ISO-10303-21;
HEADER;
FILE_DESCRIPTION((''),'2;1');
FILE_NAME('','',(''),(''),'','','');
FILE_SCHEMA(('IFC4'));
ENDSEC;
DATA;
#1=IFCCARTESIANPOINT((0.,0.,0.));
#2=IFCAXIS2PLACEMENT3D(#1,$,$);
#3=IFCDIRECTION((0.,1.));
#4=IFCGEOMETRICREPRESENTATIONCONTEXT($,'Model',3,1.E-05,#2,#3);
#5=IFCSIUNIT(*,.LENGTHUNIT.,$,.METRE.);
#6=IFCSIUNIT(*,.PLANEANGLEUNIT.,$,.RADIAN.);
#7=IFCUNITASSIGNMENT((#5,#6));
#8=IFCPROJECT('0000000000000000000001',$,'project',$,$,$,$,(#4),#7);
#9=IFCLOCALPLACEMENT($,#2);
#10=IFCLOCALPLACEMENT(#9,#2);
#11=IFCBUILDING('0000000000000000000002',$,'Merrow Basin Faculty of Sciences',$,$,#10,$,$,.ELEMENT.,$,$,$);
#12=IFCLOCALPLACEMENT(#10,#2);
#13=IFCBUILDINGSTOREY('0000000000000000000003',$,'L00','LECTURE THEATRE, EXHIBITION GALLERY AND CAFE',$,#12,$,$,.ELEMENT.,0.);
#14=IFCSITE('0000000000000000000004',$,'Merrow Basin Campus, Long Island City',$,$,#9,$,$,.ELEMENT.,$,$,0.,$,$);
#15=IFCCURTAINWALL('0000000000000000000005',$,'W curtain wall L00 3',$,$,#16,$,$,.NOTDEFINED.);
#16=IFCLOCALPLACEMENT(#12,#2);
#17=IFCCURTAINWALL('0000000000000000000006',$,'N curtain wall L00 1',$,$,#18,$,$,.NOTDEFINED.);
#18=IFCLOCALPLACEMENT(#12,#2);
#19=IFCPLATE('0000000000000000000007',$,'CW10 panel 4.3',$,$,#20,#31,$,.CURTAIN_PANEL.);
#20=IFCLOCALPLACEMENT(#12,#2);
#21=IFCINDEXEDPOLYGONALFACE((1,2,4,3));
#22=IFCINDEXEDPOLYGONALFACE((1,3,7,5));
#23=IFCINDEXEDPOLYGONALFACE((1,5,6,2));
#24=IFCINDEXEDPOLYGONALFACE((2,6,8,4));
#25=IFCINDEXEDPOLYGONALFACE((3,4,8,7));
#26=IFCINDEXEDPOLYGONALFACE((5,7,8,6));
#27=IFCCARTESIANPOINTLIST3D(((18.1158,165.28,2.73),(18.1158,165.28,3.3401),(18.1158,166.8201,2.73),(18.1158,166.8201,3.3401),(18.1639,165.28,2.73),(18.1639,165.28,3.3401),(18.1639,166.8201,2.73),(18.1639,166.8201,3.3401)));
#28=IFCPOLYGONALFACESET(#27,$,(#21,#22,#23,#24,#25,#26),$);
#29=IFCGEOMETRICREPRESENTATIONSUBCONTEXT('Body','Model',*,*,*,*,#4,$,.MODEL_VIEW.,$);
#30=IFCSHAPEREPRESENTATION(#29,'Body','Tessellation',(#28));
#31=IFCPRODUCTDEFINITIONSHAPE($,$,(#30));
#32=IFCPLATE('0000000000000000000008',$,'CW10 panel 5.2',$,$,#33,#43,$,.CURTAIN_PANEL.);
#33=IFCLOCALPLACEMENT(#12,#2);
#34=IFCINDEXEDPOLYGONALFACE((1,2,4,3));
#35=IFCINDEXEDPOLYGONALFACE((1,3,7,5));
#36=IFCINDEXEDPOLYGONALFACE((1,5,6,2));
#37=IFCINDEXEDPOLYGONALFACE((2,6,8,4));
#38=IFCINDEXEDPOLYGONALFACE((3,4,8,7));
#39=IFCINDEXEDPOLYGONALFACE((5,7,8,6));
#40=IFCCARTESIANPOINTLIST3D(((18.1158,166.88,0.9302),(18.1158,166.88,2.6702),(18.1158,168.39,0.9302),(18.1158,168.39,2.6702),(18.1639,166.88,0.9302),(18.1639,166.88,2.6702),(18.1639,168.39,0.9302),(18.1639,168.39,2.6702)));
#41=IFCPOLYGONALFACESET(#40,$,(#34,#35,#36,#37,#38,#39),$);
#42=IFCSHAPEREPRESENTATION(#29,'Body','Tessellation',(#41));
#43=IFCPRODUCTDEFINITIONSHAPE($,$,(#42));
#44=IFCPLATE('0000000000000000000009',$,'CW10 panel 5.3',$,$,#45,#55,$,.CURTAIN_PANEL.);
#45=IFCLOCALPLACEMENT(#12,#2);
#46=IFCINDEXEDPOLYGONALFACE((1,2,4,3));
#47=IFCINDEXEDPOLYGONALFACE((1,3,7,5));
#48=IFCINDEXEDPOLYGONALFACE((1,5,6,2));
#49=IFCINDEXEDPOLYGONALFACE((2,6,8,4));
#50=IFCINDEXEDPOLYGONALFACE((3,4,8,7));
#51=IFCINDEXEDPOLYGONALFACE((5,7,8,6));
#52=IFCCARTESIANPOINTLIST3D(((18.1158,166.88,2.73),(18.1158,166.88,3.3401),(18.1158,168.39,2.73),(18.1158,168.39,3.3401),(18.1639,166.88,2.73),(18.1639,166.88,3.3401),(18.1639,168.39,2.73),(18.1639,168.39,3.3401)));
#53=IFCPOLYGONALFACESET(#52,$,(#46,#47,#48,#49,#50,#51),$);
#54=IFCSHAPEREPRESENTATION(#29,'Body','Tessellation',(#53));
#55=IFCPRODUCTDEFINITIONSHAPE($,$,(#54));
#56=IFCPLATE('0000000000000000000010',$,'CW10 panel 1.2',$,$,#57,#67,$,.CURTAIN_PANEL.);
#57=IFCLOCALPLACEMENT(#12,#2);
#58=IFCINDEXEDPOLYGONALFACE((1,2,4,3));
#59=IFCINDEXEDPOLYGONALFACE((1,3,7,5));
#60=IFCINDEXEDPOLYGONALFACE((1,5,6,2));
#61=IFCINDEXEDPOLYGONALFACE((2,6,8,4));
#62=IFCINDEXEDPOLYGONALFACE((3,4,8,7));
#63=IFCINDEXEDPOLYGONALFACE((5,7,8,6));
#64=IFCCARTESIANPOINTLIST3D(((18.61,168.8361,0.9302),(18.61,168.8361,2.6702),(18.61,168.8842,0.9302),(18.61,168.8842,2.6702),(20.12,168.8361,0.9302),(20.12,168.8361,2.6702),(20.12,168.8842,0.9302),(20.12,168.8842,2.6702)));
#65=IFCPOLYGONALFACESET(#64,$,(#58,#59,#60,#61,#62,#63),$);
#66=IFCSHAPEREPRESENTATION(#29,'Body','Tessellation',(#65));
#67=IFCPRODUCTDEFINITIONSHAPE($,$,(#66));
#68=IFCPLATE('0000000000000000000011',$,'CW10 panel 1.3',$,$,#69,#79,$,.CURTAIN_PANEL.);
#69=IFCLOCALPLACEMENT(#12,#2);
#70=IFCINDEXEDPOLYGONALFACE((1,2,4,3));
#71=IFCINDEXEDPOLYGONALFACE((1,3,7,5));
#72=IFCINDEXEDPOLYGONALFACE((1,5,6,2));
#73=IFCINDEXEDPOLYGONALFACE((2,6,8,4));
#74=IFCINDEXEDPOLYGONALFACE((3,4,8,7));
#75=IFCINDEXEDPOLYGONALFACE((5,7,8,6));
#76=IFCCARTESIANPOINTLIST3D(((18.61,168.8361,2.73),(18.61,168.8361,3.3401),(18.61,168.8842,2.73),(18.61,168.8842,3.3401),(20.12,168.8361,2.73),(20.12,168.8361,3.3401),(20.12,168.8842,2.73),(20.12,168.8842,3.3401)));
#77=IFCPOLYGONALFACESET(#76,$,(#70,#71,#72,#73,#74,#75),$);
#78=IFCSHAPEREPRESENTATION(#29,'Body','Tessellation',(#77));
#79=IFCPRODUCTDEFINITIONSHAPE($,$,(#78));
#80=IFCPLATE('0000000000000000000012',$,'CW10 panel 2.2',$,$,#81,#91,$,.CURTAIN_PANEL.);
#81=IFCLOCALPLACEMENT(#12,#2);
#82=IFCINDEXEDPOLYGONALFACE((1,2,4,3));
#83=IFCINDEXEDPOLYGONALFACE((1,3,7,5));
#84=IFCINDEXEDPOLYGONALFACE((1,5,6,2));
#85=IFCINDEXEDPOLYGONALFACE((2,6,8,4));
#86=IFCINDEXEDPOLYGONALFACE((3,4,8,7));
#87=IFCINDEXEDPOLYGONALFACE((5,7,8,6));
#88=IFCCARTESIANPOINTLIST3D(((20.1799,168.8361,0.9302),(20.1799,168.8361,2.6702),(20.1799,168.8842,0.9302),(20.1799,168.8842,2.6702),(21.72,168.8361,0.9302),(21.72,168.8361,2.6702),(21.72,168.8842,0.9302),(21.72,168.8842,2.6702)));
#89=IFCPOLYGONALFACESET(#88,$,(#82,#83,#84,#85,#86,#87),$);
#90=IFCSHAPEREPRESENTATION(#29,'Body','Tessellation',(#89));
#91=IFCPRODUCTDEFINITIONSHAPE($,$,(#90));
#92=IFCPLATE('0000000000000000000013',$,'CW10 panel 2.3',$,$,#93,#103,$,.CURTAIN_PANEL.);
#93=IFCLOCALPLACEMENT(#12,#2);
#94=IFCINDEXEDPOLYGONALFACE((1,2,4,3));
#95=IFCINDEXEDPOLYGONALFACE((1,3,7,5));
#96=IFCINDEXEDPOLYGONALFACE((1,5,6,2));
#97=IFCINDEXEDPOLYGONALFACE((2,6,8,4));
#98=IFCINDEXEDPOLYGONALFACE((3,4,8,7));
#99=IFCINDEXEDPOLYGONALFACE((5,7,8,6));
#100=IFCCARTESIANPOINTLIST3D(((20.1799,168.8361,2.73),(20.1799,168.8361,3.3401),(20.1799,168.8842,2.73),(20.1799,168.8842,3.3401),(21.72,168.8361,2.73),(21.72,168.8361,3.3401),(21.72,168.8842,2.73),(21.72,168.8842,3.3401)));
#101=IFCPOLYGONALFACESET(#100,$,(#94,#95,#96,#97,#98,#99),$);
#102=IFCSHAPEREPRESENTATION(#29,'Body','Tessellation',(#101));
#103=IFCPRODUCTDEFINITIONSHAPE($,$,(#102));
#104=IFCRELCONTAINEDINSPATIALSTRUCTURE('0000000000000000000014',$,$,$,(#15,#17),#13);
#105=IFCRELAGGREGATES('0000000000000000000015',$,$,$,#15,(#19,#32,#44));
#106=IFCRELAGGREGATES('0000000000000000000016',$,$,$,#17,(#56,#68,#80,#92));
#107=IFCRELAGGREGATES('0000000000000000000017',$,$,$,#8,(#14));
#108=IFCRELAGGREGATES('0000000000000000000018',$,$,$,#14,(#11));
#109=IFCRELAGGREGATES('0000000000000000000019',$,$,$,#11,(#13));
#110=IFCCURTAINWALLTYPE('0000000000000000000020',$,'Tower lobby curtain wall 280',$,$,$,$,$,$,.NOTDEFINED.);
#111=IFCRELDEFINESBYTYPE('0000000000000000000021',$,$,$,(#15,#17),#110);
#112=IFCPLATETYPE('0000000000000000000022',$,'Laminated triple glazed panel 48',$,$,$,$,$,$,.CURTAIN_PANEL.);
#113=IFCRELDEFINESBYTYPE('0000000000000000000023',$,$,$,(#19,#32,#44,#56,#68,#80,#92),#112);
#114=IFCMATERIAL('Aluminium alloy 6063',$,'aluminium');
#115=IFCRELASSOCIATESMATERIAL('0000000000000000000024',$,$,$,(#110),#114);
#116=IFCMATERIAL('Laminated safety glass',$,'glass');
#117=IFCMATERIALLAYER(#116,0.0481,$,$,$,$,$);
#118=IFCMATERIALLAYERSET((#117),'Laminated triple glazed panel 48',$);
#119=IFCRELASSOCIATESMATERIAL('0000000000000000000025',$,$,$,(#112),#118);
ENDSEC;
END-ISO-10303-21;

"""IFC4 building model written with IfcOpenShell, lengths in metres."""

from ifc_helpers import new_model, si_unit, direction, frame, origin, origin_2d, place, context, subcontext, project, spatial, rectangle, extrude, material, layer, layer_set, type_object, element, aggregate, save


model = new_model("IFC4")

# Units and contexts
model_context = context("Model", 3, precision=1e-05, world=origin(), true_north=direction((0.0, 1.0)))
body_context = subcontext(model_context, "Body", "Model", "MODEL_VIEW")
ifc_project = project(units=[si_unit("LENGTHUNIT", "METRE"), si_unit("PLANEANGLEUNIT", "RADIAN")], contexts=[model_context])

# Site, building, storey
site_placement = place(None, origin())
site = spatial("IfcSite", under=ifc_project, at=site_placement, Name="Merrow Basin Campus, Long Island City", CompositionType="ELEMENT", RefElevation=0.0)
building_placement = place(site_placement, origin())
building = spatial("IfcBuilding", under=site, at=building_placement, Name="Merrow Basin Faculty of Sciences", CompositionType="ELEMENT")
storey_placement = place(building_placement, origin())
storey = spatial("IfcBuildingStorey", under=building, at=storey_placement, Name="L00", Description="LECTURE THEATRE, EXHIBITION GALLERY AND CAFE", CompositionType="ELEMENT", Elevation=0.0)

# Curtain walls
ifc_material_1 = material(Name="Aluminium alloy 6063", Category="aluminium")
curtain_wall_type = type_object("IfcCurtainWallType", Name="Tower lobby curtain wall 280", PredefinedType="NOTDEFINED", material=ifc_material_1)
curtain_wall_1_placement = place(storey_placement, origin())
curtain_wall_1 = element("IfcCurtainWall", 1, at=curtain_wall_1_placement, inside=storey, type_object=curtain_wall_type, Name="W curtain wall L00 3", PredefinedType="NOTDEFINED")
curtain_wall_2_placement = place(storey_placement, origin())
curtain_wall_2 = element("IfcCurtainWall", 2, at=curtain_wall_2_placement, inside=storey, type_object=curtain_wall_type, Name="N curtain wall L00 1", PredefinedType="NOTDEFINED")

# Plates
ifc_material_2 = material(Name="Laminated safety glass", Category="glass")
ifc_layer_1 = layer(ifc_material_2, 0.0481)
ifc_layer_set_1 = layer_set([ifc_layer_1], Name="Laminated triple glazed panel 48")
plate_type_1 = type_object("IfcPlateType", Name="Laminated triple glazed panel 48", PredefinedType="CURTAIN_PANEL", material=ifc_layer_set_1)
plate_1_placement = place(storey_placement, frame((18.1399, 166.05, 2.73), z_axis=(0.0, 0.0, 1.0), x_axis=(0.0, 1.0, 0.0)))
plate_1 = element("IfcPlate", 3, at=plate_1_placement, type_object=plate_type_1, Name="CW10 panel 4.3", PredefinedType="CURTAIN_PANEL", context=body_context, shape_type="SweptSolid", body=[
    extrude(rectangle(XDim=1.54, YDim=0.0481, at=origin_2d()), origin(), (0.0, 0.0, 1.0), 0.6101),
])
plate_2_placement = place(storey_placement, frame((18.1399, 167.635, 0.9302), z_axis=(0.0, 0.0, 1.0), x_axis=(0.0, 1.0, 0.0)))
plate_2 = element("IfcPlate", 4, at=plate_2_placement, type_object=plate_type_1, Name="CW10 panel 5.2", PredefinedType="CURTAIN_PANEL", context=body_context, shape_type="SweptSolid", body=[
    extrude(rectangle(XDim=1.51, YDim=0.0481, at=origin_2d()), origin(), (0.0, 0.0, 1.0), 1.74),
])
plate_3_placement = place(storey_placement, frame((18.1399, 167.635, 2.73), z_axis=(0.0, 0.0, 1.0), x_axis=(0.0, 1.0, 0.0)))
plate_3 = element("IfcPlate", 5, at=plate_3_placement, type_object=plate_type_1, Name="CW10 panel 5.3", PredefinedType="CURTAIN_PANEL", context=body_context, shape_type="SweptSolid", body=[
    extrude(rectangle(XDim=1.51, YDim=0.0481, at=origin_2d()), origin(), (0.0, 0.0, 1.0), 0.6101),
])
aggregate(curtain_wall_1, [plate_1, plate_2, plate_3])
plate_4_placement = place(storey_placement, frame((19.365, 168.8601, 0.9302), z_axis=(0.0, 0.0, 1.0), x_axis=(1.0, 0.0, 0.0)))
plate_4 = element("IfcPlate", 6, at=plate_4_placement, type_object=plate_type_1, Name="CW10 panel 1.2", PredefinedType="CURTAIN_PANEL", context=body_context, shape_type="SweptSolid", body=[
    extrude(rectangle(XDim=1.51, YDim=0.0481, at=origin_2d()), origin(), (0.0, 0.0, 1.0), 1.74),
])
plate_5_placement = place(storey_placement, frame((19.365, 168.8601, 2.73), z_axis=(0.0, 0.0, 1.0), x_axis=(1.0, 0.0, 0.0)))
plate_5 = element("IfcPlate", 7, at=plate_5_placement, type_object=plate_type_1, Name="CW10 panel 1.3", PredefinedType="CURTAIN_PANEL", context=body_context, shape_type="SweptSolid", body=[
    extrude(rectangle(XDim=1.51, YDim=0.0481, at=origin_2d()), origin(), (0.0, 0.0, 1.0), 0.6101),
])
plate_6_placement = place(storey_placement, frame((20.95, 168.8601, 0.9302), z_axis=(0.0, 0.0, 1.0), x_axis=(1.0, 0.0, 0.0)))
plate_6 = element("IfcPlate", 8, at=plate_6_placement, type_object=plate_type_1, Name="CW10 panel 2.2", PredefinedType="CURTAIN_PANEL", context=body_context, shape_type="SweptSolid", body=[
    extrude(rectangle(XDim=1.54, YDim=0.0481, at=origin_2d()), origin(), (0.0, 0.0, 1.0), 1.74),
])
plate_7_placement = place(storey_placement, frame((20.95, 168.8601, 2.73), z_axis=(0.0, 0.0, 1.0), x_axis=(1.0, 0.0, 0.0)))
plate_7 = element("IfcPlate", 9, at=plate_7_placement, type_object=plate_type_1, Name="CW10 panel 2.3", PredefinedType="CURTAIN_PANEL", context=body_context, shape_type="SweptSolid", body=[
    extrude(rectangle(XDim=1.54, YDim=0.0481, at=origin_2d()), origin(), (0.0, 0.0, 1.0), 0.6101),
])
aggregate(curtain_wall_2, [plate_4, plate_5, plate_6, plate_7])

save(model, "model.ifc")
